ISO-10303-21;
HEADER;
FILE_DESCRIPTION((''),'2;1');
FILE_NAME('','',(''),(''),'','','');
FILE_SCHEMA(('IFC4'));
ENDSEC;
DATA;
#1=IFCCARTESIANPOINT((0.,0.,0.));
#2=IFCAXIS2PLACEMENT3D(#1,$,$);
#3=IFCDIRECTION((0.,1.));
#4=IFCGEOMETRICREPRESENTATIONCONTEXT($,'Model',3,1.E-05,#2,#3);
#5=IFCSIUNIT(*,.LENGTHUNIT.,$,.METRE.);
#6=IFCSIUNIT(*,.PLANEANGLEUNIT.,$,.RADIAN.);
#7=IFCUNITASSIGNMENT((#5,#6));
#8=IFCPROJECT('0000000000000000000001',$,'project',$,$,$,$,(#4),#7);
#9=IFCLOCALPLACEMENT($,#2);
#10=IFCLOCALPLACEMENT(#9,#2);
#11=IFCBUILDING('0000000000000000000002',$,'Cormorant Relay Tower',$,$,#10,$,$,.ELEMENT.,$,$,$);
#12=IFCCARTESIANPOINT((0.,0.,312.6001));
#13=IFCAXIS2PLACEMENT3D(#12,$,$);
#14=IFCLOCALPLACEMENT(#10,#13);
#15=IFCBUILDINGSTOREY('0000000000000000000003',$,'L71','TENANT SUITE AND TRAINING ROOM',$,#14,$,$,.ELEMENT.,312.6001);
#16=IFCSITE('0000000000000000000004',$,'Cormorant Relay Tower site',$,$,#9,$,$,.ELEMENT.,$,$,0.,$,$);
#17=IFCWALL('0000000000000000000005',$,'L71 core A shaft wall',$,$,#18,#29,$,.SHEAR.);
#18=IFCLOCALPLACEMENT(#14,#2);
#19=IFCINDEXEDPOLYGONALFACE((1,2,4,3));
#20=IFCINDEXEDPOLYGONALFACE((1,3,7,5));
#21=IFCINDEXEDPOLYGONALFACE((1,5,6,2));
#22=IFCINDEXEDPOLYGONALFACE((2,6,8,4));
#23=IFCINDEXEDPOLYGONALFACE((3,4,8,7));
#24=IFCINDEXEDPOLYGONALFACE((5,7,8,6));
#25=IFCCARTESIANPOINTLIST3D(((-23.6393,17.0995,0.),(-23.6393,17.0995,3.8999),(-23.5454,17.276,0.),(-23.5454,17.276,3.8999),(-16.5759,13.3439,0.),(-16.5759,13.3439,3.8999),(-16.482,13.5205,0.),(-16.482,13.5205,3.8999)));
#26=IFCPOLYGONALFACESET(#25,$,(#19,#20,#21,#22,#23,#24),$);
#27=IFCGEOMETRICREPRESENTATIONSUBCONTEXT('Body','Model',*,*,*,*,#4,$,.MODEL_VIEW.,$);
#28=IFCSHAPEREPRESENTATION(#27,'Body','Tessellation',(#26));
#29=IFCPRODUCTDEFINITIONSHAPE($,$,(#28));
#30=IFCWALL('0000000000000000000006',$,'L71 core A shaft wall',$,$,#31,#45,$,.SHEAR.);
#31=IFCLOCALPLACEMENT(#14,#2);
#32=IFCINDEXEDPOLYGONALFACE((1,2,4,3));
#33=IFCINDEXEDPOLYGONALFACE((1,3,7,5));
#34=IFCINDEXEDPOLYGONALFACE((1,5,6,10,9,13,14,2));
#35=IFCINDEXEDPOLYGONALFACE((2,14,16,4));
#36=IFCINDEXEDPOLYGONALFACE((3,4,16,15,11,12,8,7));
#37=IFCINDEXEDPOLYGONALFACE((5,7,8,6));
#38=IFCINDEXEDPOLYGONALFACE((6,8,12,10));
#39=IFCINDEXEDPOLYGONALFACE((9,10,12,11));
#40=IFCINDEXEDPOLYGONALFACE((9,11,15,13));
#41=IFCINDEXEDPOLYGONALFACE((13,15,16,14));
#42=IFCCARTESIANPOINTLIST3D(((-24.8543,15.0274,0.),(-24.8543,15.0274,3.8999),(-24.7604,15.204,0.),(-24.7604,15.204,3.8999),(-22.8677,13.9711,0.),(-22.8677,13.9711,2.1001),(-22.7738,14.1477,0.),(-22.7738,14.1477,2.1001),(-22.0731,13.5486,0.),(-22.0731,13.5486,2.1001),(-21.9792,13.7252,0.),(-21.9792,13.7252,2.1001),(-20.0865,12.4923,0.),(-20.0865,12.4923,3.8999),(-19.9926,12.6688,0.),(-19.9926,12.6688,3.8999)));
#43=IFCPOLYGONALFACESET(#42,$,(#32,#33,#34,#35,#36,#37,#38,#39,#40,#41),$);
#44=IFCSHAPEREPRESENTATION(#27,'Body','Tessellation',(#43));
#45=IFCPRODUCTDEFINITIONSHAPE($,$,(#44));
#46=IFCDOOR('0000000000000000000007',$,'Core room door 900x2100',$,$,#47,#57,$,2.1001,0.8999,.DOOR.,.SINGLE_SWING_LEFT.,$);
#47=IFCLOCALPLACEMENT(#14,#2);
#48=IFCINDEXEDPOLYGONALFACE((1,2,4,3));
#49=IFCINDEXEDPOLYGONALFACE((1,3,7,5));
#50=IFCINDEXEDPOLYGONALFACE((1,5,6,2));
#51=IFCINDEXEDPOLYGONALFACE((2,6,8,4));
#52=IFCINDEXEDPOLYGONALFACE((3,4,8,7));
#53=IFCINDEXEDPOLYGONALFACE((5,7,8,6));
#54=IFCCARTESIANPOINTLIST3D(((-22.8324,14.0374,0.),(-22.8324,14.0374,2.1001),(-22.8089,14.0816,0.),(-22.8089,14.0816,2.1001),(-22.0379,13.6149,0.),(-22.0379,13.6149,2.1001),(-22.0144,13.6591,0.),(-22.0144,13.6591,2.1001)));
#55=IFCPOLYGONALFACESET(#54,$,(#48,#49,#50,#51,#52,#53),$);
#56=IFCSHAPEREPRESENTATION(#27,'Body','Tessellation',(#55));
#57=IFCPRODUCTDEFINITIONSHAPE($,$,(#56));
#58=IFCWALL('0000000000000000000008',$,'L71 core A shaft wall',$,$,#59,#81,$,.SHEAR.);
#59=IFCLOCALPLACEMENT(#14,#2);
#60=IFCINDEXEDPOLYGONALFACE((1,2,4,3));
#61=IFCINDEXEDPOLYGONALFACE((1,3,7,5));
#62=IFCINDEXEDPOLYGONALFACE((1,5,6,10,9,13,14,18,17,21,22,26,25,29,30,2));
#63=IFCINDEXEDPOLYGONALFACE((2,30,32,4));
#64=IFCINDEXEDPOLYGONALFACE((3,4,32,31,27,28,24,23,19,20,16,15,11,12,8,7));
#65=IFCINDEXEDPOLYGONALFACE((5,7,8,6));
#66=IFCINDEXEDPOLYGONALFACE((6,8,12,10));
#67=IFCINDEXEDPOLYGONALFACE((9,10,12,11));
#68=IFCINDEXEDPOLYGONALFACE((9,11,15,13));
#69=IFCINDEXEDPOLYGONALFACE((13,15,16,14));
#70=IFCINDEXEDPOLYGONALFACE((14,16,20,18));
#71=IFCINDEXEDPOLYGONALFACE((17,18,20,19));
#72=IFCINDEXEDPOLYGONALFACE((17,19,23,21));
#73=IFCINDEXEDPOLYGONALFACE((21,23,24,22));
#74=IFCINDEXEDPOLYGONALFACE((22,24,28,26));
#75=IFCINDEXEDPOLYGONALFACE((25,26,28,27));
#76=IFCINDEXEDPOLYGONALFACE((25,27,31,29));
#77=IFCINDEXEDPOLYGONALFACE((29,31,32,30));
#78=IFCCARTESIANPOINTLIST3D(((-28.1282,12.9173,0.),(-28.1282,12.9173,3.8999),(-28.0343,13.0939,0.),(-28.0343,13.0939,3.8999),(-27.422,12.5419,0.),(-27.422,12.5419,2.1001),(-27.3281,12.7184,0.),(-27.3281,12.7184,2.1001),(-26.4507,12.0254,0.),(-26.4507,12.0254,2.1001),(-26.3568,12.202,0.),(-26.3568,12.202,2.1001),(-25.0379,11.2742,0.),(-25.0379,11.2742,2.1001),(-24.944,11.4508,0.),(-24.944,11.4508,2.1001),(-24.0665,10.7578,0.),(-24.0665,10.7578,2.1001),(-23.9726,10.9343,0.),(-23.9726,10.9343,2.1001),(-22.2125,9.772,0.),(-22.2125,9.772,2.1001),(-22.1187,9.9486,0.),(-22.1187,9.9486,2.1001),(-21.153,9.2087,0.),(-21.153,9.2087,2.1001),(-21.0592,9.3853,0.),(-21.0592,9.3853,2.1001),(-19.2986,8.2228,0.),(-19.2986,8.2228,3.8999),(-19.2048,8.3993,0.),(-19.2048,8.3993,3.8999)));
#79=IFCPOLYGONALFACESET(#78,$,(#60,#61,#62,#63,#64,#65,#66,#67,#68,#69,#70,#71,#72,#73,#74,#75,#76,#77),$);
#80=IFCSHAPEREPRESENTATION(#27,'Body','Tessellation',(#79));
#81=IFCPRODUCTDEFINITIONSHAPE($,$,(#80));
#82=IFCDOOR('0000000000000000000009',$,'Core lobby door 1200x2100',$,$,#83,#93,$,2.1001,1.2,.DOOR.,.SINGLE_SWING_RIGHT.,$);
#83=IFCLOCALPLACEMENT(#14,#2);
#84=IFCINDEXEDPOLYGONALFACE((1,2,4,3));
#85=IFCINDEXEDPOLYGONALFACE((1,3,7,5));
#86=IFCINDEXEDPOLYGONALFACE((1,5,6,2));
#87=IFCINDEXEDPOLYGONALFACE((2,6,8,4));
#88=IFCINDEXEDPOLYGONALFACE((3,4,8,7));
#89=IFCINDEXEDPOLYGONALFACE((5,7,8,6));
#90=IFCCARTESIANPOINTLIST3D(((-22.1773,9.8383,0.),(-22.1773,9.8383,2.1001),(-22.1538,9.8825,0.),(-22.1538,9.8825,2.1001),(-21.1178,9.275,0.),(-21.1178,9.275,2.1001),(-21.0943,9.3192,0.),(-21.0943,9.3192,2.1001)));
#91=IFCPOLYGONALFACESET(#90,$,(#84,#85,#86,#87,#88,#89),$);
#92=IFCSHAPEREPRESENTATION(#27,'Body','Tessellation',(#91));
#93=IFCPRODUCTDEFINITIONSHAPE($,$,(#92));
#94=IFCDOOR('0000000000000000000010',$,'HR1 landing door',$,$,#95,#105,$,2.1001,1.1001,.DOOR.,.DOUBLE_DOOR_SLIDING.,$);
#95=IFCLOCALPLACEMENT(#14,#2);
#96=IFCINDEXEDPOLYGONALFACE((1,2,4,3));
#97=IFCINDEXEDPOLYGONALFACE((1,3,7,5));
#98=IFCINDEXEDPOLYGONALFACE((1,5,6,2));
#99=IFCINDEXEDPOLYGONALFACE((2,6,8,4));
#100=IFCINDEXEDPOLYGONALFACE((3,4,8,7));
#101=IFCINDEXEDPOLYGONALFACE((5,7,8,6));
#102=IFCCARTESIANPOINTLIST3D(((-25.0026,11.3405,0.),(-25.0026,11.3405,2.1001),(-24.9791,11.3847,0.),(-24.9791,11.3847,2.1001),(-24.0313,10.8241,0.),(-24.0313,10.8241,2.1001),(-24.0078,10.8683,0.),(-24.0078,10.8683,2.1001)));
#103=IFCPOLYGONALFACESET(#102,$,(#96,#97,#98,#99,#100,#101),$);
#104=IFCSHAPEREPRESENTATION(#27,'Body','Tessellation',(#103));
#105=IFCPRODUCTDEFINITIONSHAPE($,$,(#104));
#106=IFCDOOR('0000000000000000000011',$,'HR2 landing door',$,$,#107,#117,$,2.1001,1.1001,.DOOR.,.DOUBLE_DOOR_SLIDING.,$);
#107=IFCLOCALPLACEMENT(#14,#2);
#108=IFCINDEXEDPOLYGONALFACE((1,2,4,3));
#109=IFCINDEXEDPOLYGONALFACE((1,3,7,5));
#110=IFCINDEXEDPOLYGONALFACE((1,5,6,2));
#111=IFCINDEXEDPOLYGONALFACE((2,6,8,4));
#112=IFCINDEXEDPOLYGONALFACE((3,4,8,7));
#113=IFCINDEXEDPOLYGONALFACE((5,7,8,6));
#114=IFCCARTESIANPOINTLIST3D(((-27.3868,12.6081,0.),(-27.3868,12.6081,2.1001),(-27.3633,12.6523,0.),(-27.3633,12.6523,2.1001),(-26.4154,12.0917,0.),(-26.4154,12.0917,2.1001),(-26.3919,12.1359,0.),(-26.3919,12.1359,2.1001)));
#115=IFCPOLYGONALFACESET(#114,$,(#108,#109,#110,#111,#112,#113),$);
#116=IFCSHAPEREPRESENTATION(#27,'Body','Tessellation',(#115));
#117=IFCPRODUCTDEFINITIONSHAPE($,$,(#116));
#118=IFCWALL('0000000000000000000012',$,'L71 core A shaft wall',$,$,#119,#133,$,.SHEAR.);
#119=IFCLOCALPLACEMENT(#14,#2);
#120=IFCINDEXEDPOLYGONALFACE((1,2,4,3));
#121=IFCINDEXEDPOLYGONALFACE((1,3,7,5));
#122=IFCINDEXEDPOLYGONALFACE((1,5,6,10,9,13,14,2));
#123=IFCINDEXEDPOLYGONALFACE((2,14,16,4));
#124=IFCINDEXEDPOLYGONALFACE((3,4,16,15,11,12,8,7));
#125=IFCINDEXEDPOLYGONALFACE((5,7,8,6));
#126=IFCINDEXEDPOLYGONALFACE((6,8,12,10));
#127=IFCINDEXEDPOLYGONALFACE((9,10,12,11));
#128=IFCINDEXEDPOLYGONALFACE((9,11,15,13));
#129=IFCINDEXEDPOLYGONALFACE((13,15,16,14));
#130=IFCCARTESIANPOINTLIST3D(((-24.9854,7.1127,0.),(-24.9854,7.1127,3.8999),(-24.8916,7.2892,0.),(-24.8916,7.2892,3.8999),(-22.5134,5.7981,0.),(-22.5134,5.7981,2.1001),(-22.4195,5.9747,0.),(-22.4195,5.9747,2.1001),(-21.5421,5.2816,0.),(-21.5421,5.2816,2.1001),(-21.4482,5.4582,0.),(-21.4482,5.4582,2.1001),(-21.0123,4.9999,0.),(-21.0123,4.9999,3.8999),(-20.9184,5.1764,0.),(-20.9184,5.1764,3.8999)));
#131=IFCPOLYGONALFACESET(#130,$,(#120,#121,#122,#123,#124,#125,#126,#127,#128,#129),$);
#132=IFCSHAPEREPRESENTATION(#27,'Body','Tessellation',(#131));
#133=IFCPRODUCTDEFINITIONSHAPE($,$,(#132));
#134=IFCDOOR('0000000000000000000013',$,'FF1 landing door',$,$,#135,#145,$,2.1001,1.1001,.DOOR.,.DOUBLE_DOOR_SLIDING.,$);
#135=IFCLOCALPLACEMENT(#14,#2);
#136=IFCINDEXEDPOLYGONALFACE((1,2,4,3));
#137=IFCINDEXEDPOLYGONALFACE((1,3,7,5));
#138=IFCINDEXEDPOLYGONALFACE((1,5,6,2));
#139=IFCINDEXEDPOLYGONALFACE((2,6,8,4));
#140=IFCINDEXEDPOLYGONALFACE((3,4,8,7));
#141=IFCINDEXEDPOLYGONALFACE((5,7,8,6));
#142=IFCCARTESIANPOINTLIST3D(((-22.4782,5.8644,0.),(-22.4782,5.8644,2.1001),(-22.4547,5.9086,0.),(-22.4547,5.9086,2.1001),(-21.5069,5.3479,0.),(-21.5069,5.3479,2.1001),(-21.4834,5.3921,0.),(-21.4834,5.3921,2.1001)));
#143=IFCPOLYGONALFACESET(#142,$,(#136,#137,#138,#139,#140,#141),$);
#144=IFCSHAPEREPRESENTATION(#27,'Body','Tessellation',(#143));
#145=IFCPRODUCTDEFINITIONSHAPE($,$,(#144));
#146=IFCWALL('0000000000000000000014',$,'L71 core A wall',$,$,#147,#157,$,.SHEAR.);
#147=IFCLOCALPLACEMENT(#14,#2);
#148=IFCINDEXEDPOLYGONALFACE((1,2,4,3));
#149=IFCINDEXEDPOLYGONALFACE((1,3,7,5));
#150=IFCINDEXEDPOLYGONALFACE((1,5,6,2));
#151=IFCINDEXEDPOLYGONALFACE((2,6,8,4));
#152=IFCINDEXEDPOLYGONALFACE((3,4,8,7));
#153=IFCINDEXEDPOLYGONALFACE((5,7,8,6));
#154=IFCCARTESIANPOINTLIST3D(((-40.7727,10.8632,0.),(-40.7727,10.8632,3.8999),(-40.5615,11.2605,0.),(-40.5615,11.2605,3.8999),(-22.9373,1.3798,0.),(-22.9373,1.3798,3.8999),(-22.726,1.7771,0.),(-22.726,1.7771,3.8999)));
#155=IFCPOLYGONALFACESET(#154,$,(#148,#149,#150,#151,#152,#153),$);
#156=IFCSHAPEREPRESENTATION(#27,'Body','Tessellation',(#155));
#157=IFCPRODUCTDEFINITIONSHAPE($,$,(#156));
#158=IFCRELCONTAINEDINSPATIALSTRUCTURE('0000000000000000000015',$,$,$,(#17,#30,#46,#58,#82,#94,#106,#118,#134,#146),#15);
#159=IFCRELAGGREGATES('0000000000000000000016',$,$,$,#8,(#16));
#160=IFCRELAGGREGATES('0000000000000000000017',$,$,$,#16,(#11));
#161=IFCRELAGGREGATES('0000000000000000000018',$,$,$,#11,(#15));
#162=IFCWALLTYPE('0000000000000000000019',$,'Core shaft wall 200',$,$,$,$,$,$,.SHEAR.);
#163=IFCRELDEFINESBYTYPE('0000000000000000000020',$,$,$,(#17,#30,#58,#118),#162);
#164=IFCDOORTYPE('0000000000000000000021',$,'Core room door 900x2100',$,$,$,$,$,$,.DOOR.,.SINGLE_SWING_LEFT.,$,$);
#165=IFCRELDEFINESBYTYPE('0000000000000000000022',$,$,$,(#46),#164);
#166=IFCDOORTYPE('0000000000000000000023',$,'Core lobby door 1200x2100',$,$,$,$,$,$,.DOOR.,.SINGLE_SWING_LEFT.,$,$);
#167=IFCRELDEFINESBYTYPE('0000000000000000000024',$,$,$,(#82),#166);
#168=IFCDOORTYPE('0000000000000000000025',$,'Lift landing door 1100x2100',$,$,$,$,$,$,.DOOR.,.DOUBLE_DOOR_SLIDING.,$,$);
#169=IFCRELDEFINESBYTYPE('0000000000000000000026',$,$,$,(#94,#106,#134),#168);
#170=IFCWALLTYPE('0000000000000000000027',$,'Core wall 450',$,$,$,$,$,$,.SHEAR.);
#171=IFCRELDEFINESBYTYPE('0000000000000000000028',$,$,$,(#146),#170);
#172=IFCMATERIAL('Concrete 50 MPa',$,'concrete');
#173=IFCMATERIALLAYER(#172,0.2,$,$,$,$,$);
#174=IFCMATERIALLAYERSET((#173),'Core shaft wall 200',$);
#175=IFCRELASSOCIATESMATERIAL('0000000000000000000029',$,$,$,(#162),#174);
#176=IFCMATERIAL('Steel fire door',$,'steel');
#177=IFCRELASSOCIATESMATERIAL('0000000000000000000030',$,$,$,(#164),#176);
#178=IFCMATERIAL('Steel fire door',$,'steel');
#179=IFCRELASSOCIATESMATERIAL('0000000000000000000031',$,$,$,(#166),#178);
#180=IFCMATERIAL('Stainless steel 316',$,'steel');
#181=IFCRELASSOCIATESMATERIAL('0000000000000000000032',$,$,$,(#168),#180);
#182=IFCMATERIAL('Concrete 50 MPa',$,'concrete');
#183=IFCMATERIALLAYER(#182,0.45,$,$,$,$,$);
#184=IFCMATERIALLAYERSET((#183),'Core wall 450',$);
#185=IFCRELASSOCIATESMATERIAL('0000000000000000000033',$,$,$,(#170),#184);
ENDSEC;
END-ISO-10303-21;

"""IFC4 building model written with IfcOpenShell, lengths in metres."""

from ifc_helpers import new_model, si_unit, direction, frame, frame_2d, origin, place, context, subcontext, project, spatial, rectangle, extrude, material, layer, layer_set, type_object, element, fill, save


model = new_model("IFC4")

# Units and contexts
model_context = context("Model", 3, precision=1e-05, world=origin(), true_north=direction((0.0, 1.0)))
body_context = subcontext(model_context, "Body", "Model", "MODEL_VIEW")
ifc_project = project(units=[si_unit("LENGTHUNIT", "METRE"), si_unit("PLANEANGLEUNIT", "RADIAN")], contexts=[model_context])

# Site, building, storey
site_placement = place(None, origin())
site = spatial("IfcSite", under=ifc_project, at=site_placement, Name="Cormorant Relay Tower site", CompositionType="ELEMENT", RefElevation=0.0)
building_placement = place(site_placement, origin())
building = spatial("IfcBuilding", under=site, at=building_placement, Name="Cormorant Relay Tower", CompositionType="ELEMENT")
storey_placement = place(building_placement, frame((0.0, 0.0, 312.6001)))
storey = spatial("IfcBuildingStorey", under=building, at=storey_placement, Name="L71", Description="TENANT SUITE AND TRAINING ROOM", CompositionType="ELEMENT", Elevation=312.6001)

# Wall
ifc_material_1 = material(Name="Concrete 50 MPa", Category="concrete")
ifc_layer_1 = layer(ifc_material_1, 0.2)
ifc_layer_set_1 = layer_set([ifc_layer_1], Name="Core shaft wall 200")
wall_type_1 = type_object("IfcWallType", Name="Core shaft wall 200", PredefinedType="SHEAR", material=ifc_layer_set_1)
wall_1_placement = place(storey_placement, frame((-16.5288, 13.4321, 0.0), z_axis=(0.0, 0.0, 1.0), x_axis=(-0.882953, 0.469462, 0.0)))
element("IfcWall", 1, at=wall_1_placement, inside=storey, type_object=wall_type_1, Name="L71 core A shaft wall", PredefinedType="SHEAR", context=body_context, shape_type="SweptSolid", body=[
    extrude(rectangle(XDim=7.9998, YDim=0.2, at=frame_2d((4.0, 0.0))), origin(), (0.0, 0.0, 1.0), 3.8999),
])

# Wall, opening, door
wall_2_placement = place(storey_placement, frame((-20.0396, 12.5806, 0.0), z_axis=(0.0, 0.0, 1.0), x_axis=(-0.882943, 0.46948, 0.0)))
wall_2 = element("IfcWall", 2, at=wall_2_placement, inside=storey, type_object=wall_type_1, Name="L71 core A shaft wall", PredefinedType="SHEAR", context=body_context, shape_type="SweptSolid", body=[
    extrude(rectangle(XDim=5.3999, YDim=0.2, at=frame_2d((2.7, 0.0))), origin(), (0.0, 0.0, 1.0), 3.8999),
])
opening_1_placement = place(wall_2_placement, frame((2.25, 0.0, 0.0)))
opening_1 = element("IfcOpeningElement", 3, at=opening_1_placement, cuts=wall_2, PredefinedType="OPENING", context=body_context, shape_type="SweptSolid", body=[
    extrude(rectangle(XDim=0.8999, YDim=2.1001, at=frame_2d((0.45, 1.05))), frame((0.0, 0.1099, 0.0), z_axis=(0.0, -1.0, 0.0), x_axis=(1.0, 0.0, 0.0)), (0.0, 0.0, 1.0), 0.22),
])
ifc_material_2 = material(Name="Steel fire door", Category="steel")
door_type_1 = type_object("IfcDoorType", Name="Core room door 900x2100", OperationType="SINGLE_SWING_LEFT", PredefinedType="DOOR", material=ifc_material_2)
door_1_placement = place(opening_1_placement, origin())
door_1 = element("IfcDoor", 4, at=door_1_placement, inside=storey, type_object=door_type_1, Name="Core room door 900x2100", OperationType="SINGLE_SWING_LEFT", OverallHeight=2.1001, OverallWidth=0.8999, PredefinedType="DOOR", context=body_context, shape_type="SweptSolid", body=[
    extrude(rectangle(XDim=0.8999, YDim=2.1001, at=frame_2d((0.45, 1.05))), frame((0.0, 0.0249, 0.0), z_axis=(0.0, -1.0, 0.0), x_axis=(1.0, 0.0, 0.0)), (0.0, 0.0, 1.0), 0.05),
])
fill(opening_1, door_1)

# Wall, openings, doors
wall_3_placement = place(storey_placement, frame((-19.2517, 8.311, 0.0), z_axis=(0.0, 0.0, 1.0), x_axis=(-0.882956, 0.469456, 0.0)))
wall_3 = element("IfcWall", 5, at=wall_3_placement, inside=storey, type_object=wall_type_1, Name="L71 core A shaft wall", PredefinedType="SHEAR", context=body_context, shape_type="SweptSolid", body=[
    extrude(rectangle(XDim=10.0, YDim=0.2, at=frame_2d((5.0, 0.0))), origin(), (0.0, 0.0, 1.0), 3.8999),
])
opening_2_placement = place(wall_3_placement, frame((2.1001, 0.0, 0.0)))
opening_2 = element("IfcOpeningElement", 6, at=opening_2_placement, cuts=wall_3, PredefinedType="OPENING", context=body_context, shape_type="SweptSolid", body=[
    extrude(rectangle(XDim=1.2, YDim=2.1001, at=frame_2d((0.6001, 1.05))), frame((0.0, 0.1099, 0.0), z_axis=(0.0, -1.0, 0.0), x_axis=(1.0, 0.0, 0.0)), (0.0, 0.0, 1.0), 0.22),
])
opening_3_placement = place(wall_3_placement, frame((5.3999, 0.0, 0.0)))
opening_3 = element("IfcOpeningElement", 7, at=opening_3_placement, cuts=wall_3, PredefinedType="OPENING", context=body_context, shape_type="SweptSolid", body=[
    extrude(rectangle(XDim=1.1001, YDim=2.1001, at=frame_2d((0.55, 1.05))), frame((0.0, 0.1099, 0.0), z_axis=(0.0, -1.0, 0.0), x_axis=(1.0, 0.0, 0.0)), (0.0, 0.0, 1.0), 0.22),
])
opening_4_placement = place(wall_3_placement, frame((8.1001, 0.0, 0.0)))
opening_4 = element("IfcOpeningElement", 8, at=opening_4_placement, cuts=wall_3, PredefinedType="OPENING", context=body_context, shape_type="SweptSolid", body=[
    extrude(rectangle(XDim=1.1001, YDim=2.1001, at=frame_2d((0.55, 1.05))), frame((0.0, 0.1099, 0.0), z_axis=(0.0, -1.0, 0.0), x_axis=(1.0, 0.0, 0.0)), (0.0, 0.0, 1.0), 0.22),
])
ifc_material_3 = material(Name="Steel fire door", Category="steel")
door_type_2 = type_object("IfcDoorType", Name="Core lobby door 1200x2100", OperationType="SINGLE_SWING_LEFT", PredefinedType="DOOR", material=ifc_material_3)
door_2_placement = place(opening_2_placement, origin())
door_2 = element("IfcDoor", 9, at=door_2_placement, inside=storey, type_object=door_type_2, Name="Core lobby door 1200x2100", OperationType="SINGLE_SWING_RIGHT", OverallHeight=2.1001, OverallWidth=1.2, PredefinedType="DOOR", context=body_context, shape_type="SweptSolid", body=[
    extrude(rectangle(XDim=1.2, YDim=2.1001, at=frame_2d((0.6001, 1.05))), frame((0.0, 0.0249, 0.0), z_axis=(0.0, -1.0, 0.0), x_axis=(1.0, 0.0, 0.0)), (0.0, 0.0, 1.0), 0.05),
])
fill(opening_2, door_2)
ifc_material_4 = material(Name="Stainless steel 316", Category="steel")
door_type_3 = type_object("IfcDoorType", Name="Lift landing door 1100x2100", OperationType="DOUBLE_DOOR_SLIDING", PredefinedType="DOOR", material=ifc_material_4)
door_3_placement = place(opening_3_placement, origin())
door_3 = element("IfcDoor", 10, at=door_3_placement, inside=storey, type_object=door_type_3, Name="HR1 landing door", OperationType="DOUBLE_DOOR_SLIDING", OverallHeight=2.1001, OverallWidth=1.1001, PredefinedType="DOOR", context=body_context, shape_type="SweptSolid", body=[
    extrude(rectangle(XDim=1.1001, YDim=2.1001, at=frame_2d((0.55, 1.05))), frame((0.0, 0.0249, 0.0), z_axis=(0.0, -1.0, 0.0), x_axis=(1.0, 0.0, 0.0)), (0.0, 0.0, 1.0), 0.05),
])
fill(opening_3, door_3)
door_4_placement = place(opening_4_placement, origin())
door_4 = element("IfcDoor", 11, at=door_4_placement, inside=storey, type_object=door_type_3, Name="HR2 landing door", OperationType="DOUBLE_DOOR_SLIDING", OverallHeight=2.1001, OverallWidth=1.1001, PredefinedType="DOOR", context=body_context, shape_type="SweptSolid", body=[
    extrude(rectangle(XDim=1.1001, YDim=2.1001, at=frame_2d((0.55, 1.05))), frame((0.0, 0.0249, 0.0), z_axis=(0.0, -1.0, 0.0), x_axis=(1.0, 0.0, 0.0)), (0.0, 0.0, 1.0), 0.05),
])
fill(opening_4, door_4)

# Wall, opening, door
wall_4_placement = place(storey_placement, frame((-20.9653, 5.0881, 0.0), z_axis=(0.0, 0.0, 1.0), x_axis=(-0.882926, 0.469512, 0.0)))
wall_4 = element("IfcWall", 12, at=wall_4_placement, inside=storey, type_object=wall_type_1, Name="L71 core A shaft wall", PredefinedType="SHEAR", context=body_context, shape_type="SweptSolid", body=[
    extrude(rectangle(XDim=4.5, YDim=0.2, at=frame_2d((2.25, 0.0))), origin(), (0.0, 0.0, 1.0), 3.8999),
])
opening_5_placement = place(wall_4_placement, frame((0.6001, 0.0, 0.0)))
opening_5 = element("IfcOpeningElement", 13, at=opening_5_placement, cuts=wall_4, PredefinedType="OPENING", context=body_context, shape_type="SweptSolid", body=[
    extrude(rectangle(XDim=1.1001, YDim=2.1001, at=frame_2d((0.55, 1.05))), frame((0.0, 0.1099, 0.0), z_axis=(0.0, -1.0, 0.0), x_axis=(1.0, 0.0, 0.0)), (0.0, 0.0, 1.0), 0.22),
])
door_5_placement = place(opening_5_placement, origin())
door_5 = element("IfcDoor", 14, at=door_5_placement, inside=storey, type_object=door_type_3, Name="FF1 landing door", OperationType="DOUBLE_DOOR_SLIDING", OverallHeight=2.1001, OverallWidth=1.1001, PredefinedType="DOOR", context=body_context, shape_type="SweptSolid", body=[
    extrude(rectangle(XDim=1.1001, YDim=2.1001, at=frame_2d((0.55, 1.05))), frame((0.0, 0.0249, 0.0), z_axis=(0.0, -1.0, 0.0), x_axis=(1.0, 0.0, 0.0)), (0.0, 0.0, 1.0), 0.05),
])
fill(opening_5, door_5)

# Wall
ifc_material_5 = material(Name="Concrete 50 MPa", Category="concrete")
ifc_layer_2 = layer(ifc_material_5, 0.45)
ifc_layer_set_2 = layer_set([ifc_layer_2], Name="Core wall 450")
wall_type_2 = type_object("IfcWallType", Name="Core wall 450", PredefinedType="SHEAR", material=ifc_layer_set_2)
wall_5_placement = place(storey_placement, frame((-22.8315, 1.5784, 0.0), z_axis=(0.0, 0.0, 1.0), x_axis=(-0.882945, 0.469476, 0.0)))
element("IfcWall", 15, at=wall_5_placement, inside=storey, type_object=wall_type_2, Name="L71 core A wall", PredefinedType="SHEAR", context=body_context, shape_type="SweptSolid", body=[
    extrude(rectangle(XDim=20.2, YDim=0.45, at=frame_2d((10.1001, 0.0))), origin(), (0.0, 0.0, 1.0), 3.8999),
])

save(model, "model.ifc")
